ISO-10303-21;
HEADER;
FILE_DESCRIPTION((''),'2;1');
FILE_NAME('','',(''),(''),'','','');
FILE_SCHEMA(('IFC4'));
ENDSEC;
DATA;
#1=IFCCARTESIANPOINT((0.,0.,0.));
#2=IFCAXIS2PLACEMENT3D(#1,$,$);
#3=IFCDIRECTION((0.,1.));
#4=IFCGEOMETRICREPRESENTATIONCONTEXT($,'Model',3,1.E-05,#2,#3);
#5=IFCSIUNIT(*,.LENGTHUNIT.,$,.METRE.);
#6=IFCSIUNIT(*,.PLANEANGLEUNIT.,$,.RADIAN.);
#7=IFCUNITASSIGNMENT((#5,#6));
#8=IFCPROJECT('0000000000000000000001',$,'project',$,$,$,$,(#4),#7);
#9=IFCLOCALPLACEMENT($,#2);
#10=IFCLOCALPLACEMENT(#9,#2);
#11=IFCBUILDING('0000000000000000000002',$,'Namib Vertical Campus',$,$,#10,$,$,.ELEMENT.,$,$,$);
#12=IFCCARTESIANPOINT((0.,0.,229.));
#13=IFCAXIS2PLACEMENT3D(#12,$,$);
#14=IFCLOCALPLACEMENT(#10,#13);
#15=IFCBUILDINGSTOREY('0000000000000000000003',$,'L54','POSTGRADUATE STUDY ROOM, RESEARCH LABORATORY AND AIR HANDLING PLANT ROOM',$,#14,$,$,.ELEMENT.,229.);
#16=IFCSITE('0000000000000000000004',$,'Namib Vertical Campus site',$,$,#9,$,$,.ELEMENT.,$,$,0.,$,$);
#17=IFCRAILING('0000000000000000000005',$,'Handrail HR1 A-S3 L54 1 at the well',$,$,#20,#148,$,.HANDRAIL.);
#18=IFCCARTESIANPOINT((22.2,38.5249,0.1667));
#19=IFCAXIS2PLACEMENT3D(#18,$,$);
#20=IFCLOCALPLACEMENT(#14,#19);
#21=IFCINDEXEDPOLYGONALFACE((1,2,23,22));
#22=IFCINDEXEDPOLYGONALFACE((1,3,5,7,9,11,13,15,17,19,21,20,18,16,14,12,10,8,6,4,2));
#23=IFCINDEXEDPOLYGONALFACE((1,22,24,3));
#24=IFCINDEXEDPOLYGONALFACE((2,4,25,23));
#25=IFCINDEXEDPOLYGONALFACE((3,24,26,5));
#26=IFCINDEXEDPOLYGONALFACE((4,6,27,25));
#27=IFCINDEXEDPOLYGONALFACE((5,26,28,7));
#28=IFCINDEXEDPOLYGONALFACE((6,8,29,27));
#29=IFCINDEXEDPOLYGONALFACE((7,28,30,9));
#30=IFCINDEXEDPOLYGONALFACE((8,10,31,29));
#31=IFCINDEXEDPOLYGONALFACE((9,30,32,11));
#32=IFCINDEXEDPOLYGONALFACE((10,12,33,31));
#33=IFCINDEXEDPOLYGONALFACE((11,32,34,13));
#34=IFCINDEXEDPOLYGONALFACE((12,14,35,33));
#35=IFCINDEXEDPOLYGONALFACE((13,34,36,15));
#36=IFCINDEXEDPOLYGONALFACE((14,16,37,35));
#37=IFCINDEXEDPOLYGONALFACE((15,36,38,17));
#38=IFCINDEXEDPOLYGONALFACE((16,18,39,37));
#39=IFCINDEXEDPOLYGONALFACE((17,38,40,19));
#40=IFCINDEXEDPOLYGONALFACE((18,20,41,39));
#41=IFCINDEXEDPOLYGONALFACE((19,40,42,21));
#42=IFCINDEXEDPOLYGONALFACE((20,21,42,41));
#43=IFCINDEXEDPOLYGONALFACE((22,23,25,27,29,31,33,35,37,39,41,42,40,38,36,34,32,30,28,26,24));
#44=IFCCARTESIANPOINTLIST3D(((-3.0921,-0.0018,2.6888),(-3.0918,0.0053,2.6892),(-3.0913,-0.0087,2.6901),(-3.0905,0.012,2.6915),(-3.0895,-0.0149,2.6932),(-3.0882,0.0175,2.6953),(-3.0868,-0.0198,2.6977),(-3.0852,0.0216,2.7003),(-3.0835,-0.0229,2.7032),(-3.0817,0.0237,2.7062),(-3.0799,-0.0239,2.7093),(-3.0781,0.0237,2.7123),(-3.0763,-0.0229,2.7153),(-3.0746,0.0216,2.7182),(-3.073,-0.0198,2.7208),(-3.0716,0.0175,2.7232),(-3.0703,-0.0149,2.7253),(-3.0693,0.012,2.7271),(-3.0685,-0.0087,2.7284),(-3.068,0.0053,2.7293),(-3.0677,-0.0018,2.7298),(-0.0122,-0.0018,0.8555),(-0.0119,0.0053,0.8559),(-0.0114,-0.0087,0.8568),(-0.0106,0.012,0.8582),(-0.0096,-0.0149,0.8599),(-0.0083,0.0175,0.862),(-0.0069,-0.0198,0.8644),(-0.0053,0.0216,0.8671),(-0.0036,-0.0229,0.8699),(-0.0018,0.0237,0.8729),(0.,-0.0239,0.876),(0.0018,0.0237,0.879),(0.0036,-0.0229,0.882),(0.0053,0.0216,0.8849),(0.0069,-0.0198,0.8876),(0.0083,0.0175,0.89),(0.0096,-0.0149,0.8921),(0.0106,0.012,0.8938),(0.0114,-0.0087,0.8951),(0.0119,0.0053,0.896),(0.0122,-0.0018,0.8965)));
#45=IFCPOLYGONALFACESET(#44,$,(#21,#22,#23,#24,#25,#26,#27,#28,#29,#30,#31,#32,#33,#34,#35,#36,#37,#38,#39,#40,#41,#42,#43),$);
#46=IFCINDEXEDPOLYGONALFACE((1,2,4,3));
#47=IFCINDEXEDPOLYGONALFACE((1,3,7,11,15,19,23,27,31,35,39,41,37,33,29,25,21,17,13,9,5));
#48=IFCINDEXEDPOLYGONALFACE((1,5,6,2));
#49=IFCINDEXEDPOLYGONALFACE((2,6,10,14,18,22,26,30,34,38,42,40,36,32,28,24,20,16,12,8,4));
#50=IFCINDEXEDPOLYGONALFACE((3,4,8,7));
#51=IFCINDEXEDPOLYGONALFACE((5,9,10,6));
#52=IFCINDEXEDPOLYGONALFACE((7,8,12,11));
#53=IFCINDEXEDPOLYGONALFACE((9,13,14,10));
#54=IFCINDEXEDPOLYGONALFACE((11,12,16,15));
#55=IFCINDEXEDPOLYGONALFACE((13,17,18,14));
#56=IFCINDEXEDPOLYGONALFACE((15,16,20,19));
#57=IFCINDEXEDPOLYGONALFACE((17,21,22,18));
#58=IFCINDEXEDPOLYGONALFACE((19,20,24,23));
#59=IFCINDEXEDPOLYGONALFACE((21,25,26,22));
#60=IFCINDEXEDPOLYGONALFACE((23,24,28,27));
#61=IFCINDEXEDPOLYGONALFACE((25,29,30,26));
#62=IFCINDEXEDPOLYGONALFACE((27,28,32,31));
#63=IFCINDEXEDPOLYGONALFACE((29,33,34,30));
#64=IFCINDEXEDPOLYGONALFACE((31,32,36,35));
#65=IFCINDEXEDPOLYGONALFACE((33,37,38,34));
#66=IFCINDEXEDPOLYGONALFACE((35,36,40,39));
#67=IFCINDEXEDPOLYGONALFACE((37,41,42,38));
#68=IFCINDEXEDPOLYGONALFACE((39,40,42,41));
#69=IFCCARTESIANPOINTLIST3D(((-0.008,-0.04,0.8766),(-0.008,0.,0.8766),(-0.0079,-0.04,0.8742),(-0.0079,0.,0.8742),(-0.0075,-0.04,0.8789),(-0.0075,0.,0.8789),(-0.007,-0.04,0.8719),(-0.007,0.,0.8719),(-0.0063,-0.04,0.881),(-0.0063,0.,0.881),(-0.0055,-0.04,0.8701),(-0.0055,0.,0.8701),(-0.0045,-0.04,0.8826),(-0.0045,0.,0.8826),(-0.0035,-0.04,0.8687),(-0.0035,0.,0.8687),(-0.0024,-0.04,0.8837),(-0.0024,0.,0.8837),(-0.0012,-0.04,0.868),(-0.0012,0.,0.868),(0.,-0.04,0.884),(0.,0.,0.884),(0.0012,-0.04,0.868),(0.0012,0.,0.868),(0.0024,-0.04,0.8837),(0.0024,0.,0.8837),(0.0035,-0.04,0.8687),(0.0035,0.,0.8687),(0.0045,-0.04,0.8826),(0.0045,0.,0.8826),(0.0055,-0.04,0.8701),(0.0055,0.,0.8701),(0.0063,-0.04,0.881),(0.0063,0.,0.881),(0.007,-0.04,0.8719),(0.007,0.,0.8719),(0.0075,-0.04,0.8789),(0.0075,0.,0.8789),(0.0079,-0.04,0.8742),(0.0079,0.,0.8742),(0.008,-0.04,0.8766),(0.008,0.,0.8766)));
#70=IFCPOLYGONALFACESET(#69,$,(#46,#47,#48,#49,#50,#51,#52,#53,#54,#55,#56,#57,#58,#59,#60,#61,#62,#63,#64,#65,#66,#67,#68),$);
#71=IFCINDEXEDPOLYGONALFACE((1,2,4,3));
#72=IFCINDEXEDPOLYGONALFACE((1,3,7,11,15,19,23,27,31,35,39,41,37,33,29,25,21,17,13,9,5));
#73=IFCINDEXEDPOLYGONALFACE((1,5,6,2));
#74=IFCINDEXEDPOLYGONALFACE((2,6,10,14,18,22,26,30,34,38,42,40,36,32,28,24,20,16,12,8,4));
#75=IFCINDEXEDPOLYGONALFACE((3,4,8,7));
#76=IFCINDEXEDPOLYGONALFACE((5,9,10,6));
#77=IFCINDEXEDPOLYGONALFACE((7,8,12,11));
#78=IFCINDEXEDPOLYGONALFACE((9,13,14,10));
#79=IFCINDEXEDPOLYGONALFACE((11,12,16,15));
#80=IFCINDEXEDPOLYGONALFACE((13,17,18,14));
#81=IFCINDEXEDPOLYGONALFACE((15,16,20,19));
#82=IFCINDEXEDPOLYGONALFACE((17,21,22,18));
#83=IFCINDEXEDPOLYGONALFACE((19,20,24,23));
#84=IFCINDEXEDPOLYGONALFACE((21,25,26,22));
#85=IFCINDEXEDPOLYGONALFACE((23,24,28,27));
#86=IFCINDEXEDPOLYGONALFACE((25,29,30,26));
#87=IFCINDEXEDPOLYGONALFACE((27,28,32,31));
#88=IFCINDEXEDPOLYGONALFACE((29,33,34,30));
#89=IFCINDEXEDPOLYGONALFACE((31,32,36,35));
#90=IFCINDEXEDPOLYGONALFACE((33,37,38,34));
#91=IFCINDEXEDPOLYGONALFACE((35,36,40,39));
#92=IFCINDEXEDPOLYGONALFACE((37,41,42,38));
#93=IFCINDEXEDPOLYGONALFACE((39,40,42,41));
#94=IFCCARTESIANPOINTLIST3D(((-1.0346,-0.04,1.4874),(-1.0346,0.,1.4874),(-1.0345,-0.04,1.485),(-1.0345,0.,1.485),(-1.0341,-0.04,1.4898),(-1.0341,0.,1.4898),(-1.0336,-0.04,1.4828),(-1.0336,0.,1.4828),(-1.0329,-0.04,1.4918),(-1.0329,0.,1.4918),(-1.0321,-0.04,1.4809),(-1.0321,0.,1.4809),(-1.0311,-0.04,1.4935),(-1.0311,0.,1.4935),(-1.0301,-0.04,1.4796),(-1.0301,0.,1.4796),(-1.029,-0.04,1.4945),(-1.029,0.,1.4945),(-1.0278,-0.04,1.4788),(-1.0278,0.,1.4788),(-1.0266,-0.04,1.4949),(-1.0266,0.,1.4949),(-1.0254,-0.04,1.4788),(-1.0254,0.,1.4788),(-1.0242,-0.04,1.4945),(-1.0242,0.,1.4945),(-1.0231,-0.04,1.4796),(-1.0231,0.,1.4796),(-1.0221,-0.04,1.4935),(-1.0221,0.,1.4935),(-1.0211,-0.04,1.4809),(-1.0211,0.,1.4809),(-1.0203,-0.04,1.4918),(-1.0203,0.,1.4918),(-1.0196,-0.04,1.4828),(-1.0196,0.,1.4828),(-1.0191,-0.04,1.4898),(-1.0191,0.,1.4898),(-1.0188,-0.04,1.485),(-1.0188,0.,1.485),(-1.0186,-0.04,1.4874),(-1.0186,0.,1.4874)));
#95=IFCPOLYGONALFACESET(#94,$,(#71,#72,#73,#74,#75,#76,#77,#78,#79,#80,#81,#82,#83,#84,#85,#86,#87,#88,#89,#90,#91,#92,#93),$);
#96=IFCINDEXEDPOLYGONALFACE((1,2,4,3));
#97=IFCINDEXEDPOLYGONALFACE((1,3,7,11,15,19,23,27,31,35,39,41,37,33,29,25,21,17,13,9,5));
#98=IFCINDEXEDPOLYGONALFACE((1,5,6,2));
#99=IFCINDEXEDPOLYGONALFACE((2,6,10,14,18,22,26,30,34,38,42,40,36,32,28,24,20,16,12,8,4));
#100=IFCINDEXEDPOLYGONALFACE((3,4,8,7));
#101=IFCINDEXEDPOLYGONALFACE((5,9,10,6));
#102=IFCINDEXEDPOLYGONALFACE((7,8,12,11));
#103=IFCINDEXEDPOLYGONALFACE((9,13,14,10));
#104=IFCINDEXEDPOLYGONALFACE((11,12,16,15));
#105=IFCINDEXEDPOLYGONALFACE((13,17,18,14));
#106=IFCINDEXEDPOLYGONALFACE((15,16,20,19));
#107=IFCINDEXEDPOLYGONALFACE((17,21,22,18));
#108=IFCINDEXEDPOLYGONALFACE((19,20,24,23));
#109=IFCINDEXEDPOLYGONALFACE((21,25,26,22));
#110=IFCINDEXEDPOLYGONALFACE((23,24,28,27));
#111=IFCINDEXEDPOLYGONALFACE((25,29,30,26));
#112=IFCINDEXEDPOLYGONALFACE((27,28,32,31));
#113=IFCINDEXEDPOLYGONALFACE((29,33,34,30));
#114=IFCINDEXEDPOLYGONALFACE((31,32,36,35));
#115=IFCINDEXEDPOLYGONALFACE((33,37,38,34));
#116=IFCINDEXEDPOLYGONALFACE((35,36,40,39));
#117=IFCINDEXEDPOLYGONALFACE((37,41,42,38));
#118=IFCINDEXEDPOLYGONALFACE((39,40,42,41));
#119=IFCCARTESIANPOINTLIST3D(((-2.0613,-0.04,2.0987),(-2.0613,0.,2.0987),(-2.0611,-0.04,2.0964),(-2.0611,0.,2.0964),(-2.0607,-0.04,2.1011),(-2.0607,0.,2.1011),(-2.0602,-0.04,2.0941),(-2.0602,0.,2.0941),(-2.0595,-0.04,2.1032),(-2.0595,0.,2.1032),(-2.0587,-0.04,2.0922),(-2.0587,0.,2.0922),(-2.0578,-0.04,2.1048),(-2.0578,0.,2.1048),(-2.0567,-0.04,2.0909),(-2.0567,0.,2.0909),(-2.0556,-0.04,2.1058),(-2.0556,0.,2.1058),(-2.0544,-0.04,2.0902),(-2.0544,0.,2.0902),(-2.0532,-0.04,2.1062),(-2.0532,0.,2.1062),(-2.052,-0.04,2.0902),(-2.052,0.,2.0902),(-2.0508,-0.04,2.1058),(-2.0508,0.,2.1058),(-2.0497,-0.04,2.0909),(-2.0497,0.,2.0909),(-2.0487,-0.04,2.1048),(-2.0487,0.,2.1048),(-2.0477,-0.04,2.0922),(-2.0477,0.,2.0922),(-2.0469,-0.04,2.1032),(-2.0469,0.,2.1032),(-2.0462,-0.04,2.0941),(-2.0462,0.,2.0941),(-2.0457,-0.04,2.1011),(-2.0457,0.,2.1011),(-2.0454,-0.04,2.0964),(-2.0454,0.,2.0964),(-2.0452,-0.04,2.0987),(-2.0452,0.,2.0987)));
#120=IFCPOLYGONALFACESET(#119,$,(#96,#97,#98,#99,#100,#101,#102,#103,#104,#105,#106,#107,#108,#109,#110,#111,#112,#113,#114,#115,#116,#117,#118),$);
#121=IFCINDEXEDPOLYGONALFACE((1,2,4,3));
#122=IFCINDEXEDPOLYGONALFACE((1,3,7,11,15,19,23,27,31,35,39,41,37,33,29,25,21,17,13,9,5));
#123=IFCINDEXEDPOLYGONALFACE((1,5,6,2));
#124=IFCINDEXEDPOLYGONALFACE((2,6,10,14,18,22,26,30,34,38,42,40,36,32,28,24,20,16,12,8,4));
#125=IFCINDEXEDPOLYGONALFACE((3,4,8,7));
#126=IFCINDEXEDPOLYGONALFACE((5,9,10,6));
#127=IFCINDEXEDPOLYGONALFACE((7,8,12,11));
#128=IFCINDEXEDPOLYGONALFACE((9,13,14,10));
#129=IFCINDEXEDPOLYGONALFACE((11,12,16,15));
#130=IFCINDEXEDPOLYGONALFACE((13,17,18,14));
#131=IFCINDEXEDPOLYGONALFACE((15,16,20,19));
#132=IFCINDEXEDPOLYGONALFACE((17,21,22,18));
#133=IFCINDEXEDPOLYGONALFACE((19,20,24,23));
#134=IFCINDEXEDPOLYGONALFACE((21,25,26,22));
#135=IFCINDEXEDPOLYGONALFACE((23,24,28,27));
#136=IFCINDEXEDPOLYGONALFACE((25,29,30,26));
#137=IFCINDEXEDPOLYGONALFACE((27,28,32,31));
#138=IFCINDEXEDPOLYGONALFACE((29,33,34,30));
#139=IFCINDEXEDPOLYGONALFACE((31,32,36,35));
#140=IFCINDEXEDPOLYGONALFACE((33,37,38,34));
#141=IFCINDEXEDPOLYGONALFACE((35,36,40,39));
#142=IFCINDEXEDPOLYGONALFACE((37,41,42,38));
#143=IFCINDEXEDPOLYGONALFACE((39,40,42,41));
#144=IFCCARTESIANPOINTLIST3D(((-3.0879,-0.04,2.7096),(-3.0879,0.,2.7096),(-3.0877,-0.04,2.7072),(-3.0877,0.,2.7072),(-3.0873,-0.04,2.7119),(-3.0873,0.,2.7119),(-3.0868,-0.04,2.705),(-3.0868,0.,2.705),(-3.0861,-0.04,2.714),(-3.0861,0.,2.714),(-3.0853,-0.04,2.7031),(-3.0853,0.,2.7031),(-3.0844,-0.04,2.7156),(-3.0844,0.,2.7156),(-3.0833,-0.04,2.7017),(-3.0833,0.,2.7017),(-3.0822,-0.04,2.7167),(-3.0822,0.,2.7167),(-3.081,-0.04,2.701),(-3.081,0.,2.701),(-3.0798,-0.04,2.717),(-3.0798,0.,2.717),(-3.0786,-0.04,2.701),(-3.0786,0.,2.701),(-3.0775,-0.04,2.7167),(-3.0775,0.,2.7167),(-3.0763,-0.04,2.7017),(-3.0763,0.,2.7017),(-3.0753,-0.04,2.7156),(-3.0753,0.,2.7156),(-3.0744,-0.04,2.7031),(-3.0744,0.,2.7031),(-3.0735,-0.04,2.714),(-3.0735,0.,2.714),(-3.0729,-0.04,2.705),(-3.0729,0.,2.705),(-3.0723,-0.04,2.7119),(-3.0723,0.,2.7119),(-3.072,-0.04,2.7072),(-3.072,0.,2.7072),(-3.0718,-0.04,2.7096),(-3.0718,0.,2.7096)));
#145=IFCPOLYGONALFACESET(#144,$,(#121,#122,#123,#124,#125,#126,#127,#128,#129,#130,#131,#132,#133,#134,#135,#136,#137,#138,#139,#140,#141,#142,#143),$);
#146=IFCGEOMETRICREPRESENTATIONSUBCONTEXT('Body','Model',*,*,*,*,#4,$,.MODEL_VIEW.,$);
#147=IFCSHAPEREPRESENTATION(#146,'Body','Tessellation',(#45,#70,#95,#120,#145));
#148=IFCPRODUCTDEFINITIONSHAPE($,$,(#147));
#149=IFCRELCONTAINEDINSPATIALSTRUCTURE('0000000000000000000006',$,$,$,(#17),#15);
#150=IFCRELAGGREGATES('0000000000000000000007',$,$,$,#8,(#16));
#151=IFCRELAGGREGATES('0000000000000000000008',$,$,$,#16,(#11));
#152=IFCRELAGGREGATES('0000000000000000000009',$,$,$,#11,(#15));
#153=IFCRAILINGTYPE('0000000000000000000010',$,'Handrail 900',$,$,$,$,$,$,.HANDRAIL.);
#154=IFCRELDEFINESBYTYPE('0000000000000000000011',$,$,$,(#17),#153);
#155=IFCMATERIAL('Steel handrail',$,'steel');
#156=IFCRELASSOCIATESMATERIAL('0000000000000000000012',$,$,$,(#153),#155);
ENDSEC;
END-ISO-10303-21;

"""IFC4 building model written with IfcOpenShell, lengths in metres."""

from ifc_helpers import new_model, si_unit, direction, frame, origin, origin_2d, place, context, subcontext, project, spatial, circle, extrude, material, type_object, element, save


model = new_model("IFC4")

# Units and contexts
model_context = context("Model", 3, precision=1e-05, world=origin(), true_north=direction((0.0, 1.0)))
body_context = subcontext(model_context, "Body", "Model", "MODEL_VIEW")
ifc_project = project(units=[si_unit("LENGTHUNIT", "METRE"), si_unit("PLANEANGLEUNIT", "RADIAN")], contexts=[model_context])

# Site, building, storey
site_placement = place(None, origin())
site = spatial("IfcSite", under=ifc_project, at=site_placement, Name="Namib Vertical Campus site", CompositionType="ELEMENT", RefElevation=0.0)
building_placement = place(site_placement, origin())
building = spatial("IfcBuilding", under=site, at=building_placement, Name="Namib Vertical Campus", CompositionType="ELEMENT")
storey_placement = place(building_placement, frame((0.0, 0.0, 229.0)))
storey = spatial("IfcBuildingStorey", under=building, at=storey_placement, Name="L54", Description="POSTGRADUATE STUDY ROOM, RESEARCH LABORATORY AND AIR HANDLING PLANT ROOM", CompositionType="ELEMENT", Elevation=229.0)

# Railing
ifc_material_1 = material(Name="Steel handrail", Category="steel")
railing_type_1 = type_object("IfcRailingType", Name="Handrail 900", PredefinedType="HANDRAIL", material=ifc_material_1)
railing_1_placement = place(storey_placement, frame((22.2, 38.5249, 0.1667)))
element("IfcRailing", 1, at=railing_1_placement, inside=storey, type_object=railing_type_1, Name="Handrail HR1 A-S3 L54 1 at the well", PredefinedType="HANDRAIL", context=body_context, shape_type="SweptSolid", body=[
    extrude(circle(Radius=0.0239, at=origin_2d()), frame((0.0, 0.0, 0.876), z_axis=(-0.859291, 0.0, 0.511487), x_axis=(0.0, -1.0, 0.0)), (0.0, 0.0, 1.0), 3.5842),
    extrude(circle(Radius=0.0081, at=origin_2d()), frame((0.0, 0.0, 0.876), z_axis=(0.0, -1.0, 0.0), x_axis=(0.0, 0.0, 1.0)), (0.0, 0.0, 1.0), 0.04),
    extrude(circle(Radius=0.0081, at=origin_2d()), frame((-1.0266, 0.0, 1.4868), z_axis=(0.0, -1.0, 0.0), x_axis=(0.0, 0.0, 1.0)), (0.0, 0.0, 1.0), 0.04),
    extrude(circle(Radius=0.0081, at=origin_2d()), frame((-2.0532, 0.0, 2.0981), z_axis=(0.0, -1.0, 0.0), x_axis=(0.0, 0.0, 1.0)), (0.0, 0.0, 1.0), 0.04),
    extrude(circle(Radius=0.0081, at=origin_2d()), frame((-3.0798, 0.0, 2.709), z_axis=(0.0, -1.0, 0.0), x_axis=(0.0, 0.0, 1.0)), (0.0, 0.0, 1.0), 0.04),
])

save(model, "model.ifc")
